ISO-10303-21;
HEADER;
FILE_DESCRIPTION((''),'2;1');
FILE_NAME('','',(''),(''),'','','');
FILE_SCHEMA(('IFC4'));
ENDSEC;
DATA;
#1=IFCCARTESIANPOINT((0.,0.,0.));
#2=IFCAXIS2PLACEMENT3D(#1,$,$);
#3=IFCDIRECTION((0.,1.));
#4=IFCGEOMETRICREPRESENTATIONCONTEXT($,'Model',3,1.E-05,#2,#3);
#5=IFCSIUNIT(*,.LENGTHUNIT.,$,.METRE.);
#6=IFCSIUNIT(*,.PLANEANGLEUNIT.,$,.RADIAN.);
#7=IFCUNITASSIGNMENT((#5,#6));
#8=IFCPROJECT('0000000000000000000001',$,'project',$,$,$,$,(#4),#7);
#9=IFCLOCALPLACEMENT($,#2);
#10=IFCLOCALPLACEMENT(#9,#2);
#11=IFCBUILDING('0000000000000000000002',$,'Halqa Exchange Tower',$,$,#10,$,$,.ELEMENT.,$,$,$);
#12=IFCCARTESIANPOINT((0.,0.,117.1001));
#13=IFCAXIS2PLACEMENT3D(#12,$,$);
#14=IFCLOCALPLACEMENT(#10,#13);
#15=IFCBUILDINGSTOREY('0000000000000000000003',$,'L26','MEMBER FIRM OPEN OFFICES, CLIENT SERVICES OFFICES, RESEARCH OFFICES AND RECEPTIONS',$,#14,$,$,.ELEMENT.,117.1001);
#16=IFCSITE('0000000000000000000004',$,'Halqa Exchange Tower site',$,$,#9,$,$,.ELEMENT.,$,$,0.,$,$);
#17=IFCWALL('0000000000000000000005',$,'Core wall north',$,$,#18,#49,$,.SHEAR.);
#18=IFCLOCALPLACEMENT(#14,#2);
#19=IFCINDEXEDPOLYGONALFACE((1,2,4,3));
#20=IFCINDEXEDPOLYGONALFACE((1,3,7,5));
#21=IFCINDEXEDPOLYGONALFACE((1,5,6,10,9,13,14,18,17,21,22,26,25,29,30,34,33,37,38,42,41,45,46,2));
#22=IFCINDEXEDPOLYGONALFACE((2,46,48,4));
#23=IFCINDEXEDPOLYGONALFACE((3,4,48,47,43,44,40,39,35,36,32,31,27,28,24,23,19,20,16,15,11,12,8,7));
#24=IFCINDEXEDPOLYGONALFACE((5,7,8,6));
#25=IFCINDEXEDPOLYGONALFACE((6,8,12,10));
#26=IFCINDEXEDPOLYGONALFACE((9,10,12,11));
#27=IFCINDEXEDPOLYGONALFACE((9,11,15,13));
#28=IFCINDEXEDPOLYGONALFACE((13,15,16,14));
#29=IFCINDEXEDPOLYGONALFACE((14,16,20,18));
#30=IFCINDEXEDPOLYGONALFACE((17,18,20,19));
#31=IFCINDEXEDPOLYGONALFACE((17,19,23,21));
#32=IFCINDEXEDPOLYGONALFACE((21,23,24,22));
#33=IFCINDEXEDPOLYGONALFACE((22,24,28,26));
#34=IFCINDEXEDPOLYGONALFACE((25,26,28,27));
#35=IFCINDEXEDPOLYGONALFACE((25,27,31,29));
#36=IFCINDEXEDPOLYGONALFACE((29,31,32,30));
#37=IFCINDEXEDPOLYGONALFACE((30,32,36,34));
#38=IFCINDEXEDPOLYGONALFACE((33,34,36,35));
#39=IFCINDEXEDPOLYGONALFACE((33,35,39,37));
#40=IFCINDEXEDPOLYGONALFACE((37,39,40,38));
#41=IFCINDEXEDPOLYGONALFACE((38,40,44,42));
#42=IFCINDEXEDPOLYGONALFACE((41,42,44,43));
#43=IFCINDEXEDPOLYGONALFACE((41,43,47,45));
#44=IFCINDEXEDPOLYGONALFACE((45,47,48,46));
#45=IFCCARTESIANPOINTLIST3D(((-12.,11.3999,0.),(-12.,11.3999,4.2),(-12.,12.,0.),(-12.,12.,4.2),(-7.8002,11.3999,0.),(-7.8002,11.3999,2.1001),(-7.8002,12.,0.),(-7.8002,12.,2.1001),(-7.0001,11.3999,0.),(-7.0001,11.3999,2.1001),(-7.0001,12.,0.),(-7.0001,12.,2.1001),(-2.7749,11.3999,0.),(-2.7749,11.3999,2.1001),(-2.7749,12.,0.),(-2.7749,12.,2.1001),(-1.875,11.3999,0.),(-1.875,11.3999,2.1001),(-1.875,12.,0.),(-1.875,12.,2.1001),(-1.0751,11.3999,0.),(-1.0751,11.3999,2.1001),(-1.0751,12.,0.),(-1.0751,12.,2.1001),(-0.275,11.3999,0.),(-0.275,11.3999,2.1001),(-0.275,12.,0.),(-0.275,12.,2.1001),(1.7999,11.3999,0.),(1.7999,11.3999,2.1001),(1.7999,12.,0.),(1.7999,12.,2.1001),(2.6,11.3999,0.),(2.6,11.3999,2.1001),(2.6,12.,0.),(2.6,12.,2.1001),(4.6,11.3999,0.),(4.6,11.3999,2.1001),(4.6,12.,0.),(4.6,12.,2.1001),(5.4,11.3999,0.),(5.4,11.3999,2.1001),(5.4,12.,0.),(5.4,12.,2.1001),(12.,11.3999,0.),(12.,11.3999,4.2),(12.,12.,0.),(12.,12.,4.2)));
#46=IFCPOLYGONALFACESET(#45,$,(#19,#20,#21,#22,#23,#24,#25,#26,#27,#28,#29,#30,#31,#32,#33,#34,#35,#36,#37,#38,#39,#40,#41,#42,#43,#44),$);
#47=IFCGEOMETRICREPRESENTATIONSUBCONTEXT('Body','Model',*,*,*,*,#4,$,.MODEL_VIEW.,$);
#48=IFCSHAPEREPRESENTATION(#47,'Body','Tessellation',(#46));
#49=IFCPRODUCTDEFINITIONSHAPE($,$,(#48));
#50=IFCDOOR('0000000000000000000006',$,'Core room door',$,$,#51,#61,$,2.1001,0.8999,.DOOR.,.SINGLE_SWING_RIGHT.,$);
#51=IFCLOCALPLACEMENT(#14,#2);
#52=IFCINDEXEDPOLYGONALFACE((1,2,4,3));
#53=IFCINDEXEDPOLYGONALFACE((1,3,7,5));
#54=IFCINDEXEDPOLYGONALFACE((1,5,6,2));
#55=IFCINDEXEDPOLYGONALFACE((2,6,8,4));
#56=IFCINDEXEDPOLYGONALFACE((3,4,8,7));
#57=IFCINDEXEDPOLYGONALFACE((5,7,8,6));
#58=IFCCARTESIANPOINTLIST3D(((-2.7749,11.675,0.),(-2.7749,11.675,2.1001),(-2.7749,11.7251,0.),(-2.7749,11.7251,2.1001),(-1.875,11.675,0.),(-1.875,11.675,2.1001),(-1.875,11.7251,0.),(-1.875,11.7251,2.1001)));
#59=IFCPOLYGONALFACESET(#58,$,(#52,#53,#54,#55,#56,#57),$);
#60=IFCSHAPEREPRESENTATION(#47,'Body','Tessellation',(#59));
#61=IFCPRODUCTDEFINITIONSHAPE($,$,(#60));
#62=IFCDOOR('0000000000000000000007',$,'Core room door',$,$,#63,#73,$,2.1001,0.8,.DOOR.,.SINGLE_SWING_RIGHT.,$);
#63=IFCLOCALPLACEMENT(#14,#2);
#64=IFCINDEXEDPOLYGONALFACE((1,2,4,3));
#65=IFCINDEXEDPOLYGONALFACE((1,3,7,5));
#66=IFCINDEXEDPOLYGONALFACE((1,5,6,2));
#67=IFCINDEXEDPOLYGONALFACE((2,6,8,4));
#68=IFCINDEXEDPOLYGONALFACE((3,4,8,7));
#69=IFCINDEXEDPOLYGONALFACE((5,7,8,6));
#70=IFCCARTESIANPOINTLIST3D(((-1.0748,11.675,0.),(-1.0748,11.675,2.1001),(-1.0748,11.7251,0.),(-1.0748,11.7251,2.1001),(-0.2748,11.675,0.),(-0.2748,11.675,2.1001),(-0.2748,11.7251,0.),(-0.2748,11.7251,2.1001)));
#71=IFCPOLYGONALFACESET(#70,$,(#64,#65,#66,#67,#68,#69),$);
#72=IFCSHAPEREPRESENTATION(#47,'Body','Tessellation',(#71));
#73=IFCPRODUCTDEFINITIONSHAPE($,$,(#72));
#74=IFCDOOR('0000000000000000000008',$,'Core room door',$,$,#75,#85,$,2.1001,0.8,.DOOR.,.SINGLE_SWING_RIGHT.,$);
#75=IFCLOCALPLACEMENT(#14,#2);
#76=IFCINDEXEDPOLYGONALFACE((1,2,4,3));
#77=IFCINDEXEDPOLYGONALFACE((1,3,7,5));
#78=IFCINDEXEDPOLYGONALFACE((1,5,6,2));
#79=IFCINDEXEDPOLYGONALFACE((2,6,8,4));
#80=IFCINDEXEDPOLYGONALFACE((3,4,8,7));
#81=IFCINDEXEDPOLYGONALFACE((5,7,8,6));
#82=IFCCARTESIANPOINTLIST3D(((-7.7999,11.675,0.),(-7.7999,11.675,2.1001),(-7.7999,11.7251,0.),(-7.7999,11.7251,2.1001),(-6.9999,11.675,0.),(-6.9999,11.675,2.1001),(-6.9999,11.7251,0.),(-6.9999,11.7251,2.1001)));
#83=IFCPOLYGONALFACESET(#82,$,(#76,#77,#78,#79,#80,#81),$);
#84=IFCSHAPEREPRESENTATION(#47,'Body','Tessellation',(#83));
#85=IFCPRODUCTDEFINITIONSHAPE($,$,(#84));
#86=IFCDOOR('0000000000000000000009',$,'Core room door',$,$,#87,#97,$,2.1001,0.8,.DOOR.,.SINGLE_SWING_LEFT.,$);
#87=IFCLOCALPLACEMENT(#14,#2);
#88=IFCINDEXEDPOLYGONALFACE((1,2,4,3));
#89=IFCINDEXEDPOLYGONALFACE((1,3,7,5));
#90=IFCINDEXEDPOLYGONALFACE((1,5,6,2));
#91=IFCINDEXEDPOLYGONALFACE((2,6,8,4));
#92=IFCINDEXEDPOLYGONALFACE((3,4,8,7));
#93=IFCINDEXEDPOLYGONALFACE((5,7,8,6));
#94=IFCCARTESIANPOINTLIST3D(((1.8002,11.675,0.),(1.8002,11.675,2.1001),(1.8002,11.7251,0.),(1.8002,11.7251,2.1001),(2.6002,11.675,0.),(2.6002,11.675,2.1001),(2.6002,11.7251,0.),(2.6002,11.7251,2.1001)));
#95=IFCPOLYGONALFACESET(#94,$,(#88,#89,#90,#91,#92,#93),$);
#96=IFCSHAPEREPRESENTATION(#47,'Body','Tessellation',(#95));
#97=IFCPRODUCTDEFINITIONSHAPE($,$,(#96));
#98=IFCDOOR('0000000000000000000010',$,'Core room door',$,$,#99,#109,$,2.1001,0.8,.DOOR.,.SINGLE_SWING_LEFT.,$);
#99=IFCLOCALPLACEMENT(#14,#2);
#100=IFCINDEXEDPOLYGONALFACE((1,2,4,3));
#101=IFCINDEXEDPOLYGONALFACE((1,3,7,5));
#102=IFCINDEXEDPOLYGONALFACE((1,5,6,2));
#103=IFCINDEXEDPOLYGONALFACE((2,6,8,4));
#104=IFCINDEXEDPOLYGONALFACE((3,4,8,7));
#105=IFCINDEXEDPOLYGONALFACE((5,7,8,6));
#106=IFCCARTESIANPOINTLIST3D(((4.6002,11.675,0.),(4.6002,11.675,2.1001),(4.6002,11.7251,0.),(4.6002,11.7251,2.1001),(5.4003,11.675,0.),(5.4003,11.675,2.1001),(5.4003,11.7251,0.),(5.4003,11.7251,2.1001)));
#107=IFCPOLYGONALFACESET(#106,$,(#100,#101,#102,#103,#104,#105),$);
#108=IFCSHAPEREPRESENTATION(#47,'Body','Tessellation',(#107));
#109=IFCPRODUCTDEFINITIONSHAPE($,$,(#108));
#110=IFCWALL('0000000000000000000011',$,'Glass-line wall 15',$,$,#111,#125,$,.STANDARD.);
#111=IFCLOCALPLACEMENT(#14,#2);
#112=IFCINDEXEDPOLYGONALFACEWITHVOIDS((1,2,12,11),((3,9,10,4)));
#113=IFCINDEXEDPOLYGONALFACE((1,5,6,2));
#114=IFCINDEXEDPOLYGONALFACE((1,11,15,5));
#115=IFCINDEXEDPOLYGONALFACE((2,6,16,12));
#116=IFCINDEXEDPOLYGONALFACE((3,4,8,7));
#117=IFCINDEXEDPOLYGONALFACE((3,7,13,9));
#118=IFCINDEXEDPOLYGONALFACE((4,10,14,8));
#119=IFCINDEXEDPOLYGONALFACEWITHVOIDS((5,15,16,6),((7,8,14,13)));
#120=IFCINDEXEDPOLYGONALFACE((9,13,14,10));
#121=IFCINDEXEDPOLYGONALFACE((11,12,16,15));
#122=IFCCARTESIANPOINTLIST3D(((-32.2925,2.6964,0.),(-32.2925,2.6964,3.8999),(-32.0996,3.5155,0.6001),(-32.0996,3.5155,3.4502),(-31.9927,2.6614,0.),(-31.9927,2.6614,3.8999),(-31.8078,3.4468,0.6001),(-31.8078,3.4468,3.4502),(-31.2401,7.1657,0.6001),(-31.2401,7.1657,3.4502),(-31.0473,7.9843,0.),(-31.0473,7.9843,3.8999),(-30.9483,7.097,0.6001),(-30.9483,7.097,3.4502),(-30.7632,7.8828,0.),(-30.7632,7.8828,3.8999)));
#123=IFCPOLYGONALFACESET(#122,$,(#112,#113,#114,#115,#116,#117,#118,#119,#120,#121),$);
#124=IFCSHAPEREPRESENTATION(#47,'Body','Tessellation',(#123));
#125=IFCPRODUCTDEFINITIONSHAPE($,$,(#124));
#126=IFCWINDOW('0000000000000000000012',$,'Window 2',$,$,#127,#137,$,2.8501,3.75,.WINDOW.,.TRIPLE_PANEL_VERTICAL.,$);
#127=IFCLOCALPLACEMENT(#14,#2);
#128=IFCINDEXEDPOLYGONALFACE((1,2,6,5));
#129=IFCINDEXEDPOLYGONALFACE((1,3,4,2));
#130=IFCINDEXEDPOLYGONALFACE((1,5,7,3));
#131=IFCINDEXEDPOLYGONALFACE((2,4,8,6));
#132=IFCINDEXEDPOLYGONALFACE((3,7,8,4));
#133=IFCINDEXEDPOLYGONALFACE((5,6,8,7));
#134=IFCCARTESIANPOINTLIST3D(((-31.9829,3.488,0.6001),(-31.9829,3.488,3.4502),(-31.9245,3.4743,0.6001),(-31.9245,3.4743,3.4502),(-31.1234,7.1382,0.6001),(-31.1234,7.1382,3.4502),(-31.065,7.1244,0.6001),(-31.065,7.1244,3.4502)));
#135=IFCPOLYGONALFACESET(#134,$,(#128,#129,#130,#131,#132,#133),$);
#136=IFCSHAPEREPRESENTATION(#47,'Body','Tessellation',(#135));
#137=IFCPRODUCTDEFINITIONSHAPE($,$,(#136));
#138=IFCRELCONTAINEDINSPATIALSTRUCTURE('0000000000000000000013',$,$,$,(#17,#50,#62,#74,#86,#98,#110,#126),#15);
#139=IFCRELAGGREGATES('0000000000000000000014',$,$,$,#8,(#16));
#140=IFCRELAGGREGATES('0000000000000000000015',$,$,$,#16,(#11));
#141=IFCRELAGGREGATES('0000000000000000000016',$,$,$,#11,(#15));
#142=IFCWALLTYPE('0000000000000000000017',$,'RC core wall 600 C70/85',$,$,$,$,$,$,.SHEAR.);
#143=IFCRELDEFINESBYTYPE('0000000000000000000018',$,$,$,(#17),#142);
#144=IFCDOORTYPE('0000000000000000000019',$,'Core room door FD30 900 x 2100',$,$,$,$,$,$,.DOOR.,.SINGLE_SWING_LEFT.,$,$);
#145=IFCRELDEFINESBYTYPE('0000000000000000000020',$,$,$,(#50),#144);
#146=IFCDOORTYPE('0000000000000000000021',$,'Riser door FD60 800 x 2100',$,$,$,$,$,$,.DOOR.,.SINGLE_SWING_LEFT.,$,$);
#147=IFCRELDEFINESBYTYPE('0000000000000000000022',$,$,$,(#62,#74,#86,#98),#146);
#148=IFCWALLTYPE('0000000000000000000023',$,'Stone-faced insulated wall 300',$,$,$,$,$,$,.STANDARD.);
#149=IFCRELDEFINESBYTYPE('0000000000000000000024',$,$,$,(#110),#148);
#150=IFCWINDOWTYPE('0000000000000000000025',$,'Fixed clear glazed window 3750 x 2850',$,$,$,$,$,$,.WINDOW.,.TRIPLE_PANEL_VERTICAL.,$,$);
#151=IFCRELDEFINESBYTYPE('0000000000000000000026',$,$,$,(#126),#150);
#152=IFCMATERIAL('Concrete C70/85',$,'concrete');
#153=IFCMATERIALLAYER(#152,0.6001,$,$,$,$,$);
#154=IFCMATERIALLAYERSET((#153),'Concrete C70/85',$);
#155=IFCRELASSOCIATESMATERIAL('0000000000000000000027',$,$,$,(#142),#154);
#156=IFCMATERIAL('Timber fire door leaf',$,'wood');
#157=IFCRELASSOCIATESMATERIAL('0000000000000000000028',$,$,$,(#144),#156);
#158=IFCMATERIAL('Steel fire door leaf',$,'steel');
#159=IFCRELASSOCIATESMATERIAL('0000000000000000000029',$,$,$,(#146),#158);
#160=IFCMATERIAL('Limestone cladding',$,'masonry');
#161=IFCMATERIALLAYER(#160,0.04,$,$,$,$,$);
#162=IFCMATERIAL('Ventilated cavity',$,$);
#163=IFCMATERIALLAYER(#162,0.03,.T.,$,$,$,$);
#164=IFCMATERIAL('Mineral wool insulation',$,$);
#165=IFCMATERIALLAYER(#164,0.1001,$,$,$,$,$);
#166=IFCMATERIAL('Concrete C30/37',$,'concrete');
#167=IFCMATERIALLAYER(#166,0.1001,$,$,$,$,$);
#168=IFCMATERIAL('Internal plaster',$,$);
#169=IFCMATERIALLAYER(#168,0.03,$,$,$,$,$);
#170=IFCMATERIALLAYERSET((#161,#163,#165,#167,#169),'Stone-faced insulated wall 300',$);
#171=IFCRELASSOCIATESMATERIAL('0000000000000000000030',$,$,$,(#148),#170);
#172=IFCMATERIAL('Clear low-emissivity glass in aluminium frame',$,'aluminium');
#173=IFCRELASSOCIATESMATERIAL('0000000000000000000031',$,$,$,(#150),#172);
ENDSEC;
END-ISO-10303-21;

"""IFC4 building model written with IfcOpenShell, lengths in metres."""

from ifc_helpers import new_model, si_unit, direction, frame, frame_2d, origin, place, context, subcontext, project, spatial, polyline, rectangle, outline, extrude, material, layer, layer_set, type_object, element, fill, save


model = new_model("IFC4")

# Units and contexts
model_context = context("Model", 3, precision=1e-05, world=origin(), true_north=direction((0.0, 1.0)))
body_context = subcontext(model_context, "Body", "Model", "MODEL_VIEW")
ifc_project = project(units=[si_unit("LENGTHUNIT", "METRE"), si_unit("PLANEANGLEUNIT", "RADIAN")], contexts=[model_context])

# Site, building, storey
site_placement = place(None, origin())
site = spatial("IfcSite", under=ifc_project, at=site_placement, Name="Halqa Exchange Tower site", CompositionType="ELEMENT", RefElevation=0.0)
building_placement = place(site_placement, origin())
building = spatial("IfcBuilding", under=site, at=building_placement, Name="Halqa Exchange Tower", CompositionType="ELEMENT")
storey_placement = place(building_placement, frame((0.0, 0.0, 117.1001)))
storey = spatial("IfcBuildingStorey", under=building, at=storey_placement, Name="L26", Description="MEMBER FIRM OPEN OFFICES, CLIENT SERVICES OFFICES, RESEARCH OFFICES AND RECEPTIONS", CompositionType="ELEMENT", Elevation=117.1001)

# Shared definitions
ifc_material_1 = material(Name="Concrete C70/85", Category="concrete")

# Wall, openings, doors
ifc_layer_1 = layer(ifc_material_1, 0.6001)
ifc_layer_set_1 = layer_set([ifc_layer_1], Name="Concrete C70/85")
wall_type_1 = type_object("IfcWallType", Name="RC core wall 600 C70/85", PredefinedType="SHEAR", material=ifc_layer_set_1)
wall_1_placement = place(storey_placement, frame((-12.0, 11.7, 0.0), z_axis=(0.0, 0.0, 1.0), x_axis=(1.0, 0.0, 0.0)))
wall_1 = element("IfcWall", 1, at=wall_1_placement, inside=storey, type_object=wall_type_1, Name="Core wall north", PredefinedType="SHEAR", context=body_context, shape_type="SweptSolid", body=[
    extrude(rectangle(XDim=24.0, YDim=0.6001, at=frame_2d((12.0, 0.0))), origin(), (0.0, 0.0, 1.0), 4.2),
])
opening_1_placement = place(wall_1_placement, frame((9.2251, 0.0, 0.0)))
opening_1 = element("IfcOpeningElement", 2, at=opening_1_placement, cuts=wall_1, PredefinedType="OPENING", context=body_context, shape_type="SweptSolid", body=[
    extrude(rectangle(XDim=0.8999, YDim=2.1001, at=frame_2d((0.45, 1.05))), frame((0.0, 0.312, 0.0), z_axis=(0.0, -1.0, 0.0), x_axis=(1.0, 0.0, 0.0)), (0.0, 0.0, 1.0), 0.624),
])
opening_2_placement = place(wall_1_placement, frame((10.925, 0.0, 0.0)))
opening_2 = element("IfcOpeningElement", 3, at=opening_2_placement, cuts=wall_1, PredefinedType="OPENING", context=body_context, shape_type="SweptSolid", body=[
    extrude(rectangle(XDim=0.8, YDim=2.1001, at=frame_2d((0.3999, 1.05))), frame((0.0, 0.312, 0.0), z_axis=(0.0, -1.0, 0.0), x_axis=(1.0, 0.0, 0.0)), (0.0, 0.0, 1.0), 0.624),
])
opening_3_placement = place(wall_1_placement, frame((4.2, 0.0, 0.0)))
opening_3 = element("IfcOpeningElement", 4, at=opening_3_placement, cuts=wall_1, PredefinedType="OPENING", context=body_context, shape_type="SweptSolid", body=[
    extrude(rectangle(XDim=0.8, YDim=2.1001, at=frame_2d((0.3999, 1.05))), frame((0.0, 0.312, 0.0), z_axis=(0.0, -1.0, 0.0), x_axis=(1.0, 0.0, 0.0)), (0.0, 0.0, 1.0), 0.624),
])
opening_4_placement = place(wall_1_placement, frame((13.8, 0.0, 0.0)))
opening_4 = element("IfcOpeningElement", 5, at=opening_4_placement, cuts=wall_1, PredefinedType="OPENING", context=body_context, shape_type="SweptSolid", body=[
    extrude(rectangle(XDim=0.8, YDim=2.1001, at=frame_2d((0.3999, 1.05))), frame((0.0, 0.312, 0.0), z_axis=(0.0, -1.0, 0.0), x_axis=(1.0, 0.0, 0.0)), (0.0, 0.0, 1.0), 0.624),
])
opening_5_placement = place(wall_1_placement, frame((16.6001, 0.0, 0.0)))
opening_5 = element("IfcOpeningElement", 6, at=opening_5_placement, cuts=wall_1, PredefinedType="OPENING", context=body_context, shape_type="SweptSolid", body=[
    extrude(rectangle(XDim=0.8, YDim=2.1001, at=frame_2d((0.3999, 1.05))), frame((0.0, 0.312, 0.0), z_axis=(0.0, -1.0, 0.0), x_axis=(1.0, 0.0, 0.0)), (0.0, 0.0, 1.0), 0.624),
])
ifc_material_2 = material(Name="Timber fire door leaf", Category="wood")
door_type_1 = type_object("IfcDoorType", Name="Core room door FD30 900 x 2100", OperationType="SINGLE_SWING_LEFT", PredefinedType="DOOR", material=ifc_material_2)
door_1_placement = place(opening_1_placement, frame((0.8999, 0.0, 0.0), z_axis=(0.0, 0.0, 1.0), x_axis=(-1.0, 0.0, 0.0)))
door_1 = element("IfcDoor", 7, at=door_1_placement, inside=storey, type_object=door_type_1, Name="Core room door", OperationType="SINGLE_SWING_RIGHT", OverallHeight=2.1001, OverallWidth=0.8999, PredefinedType="DOOR", context=body_context, shape_type="SweptSolid", body=[
    extrude(rectangle(XDim=0.8999, YDim=2.1001, at=frame_2d((0.45, 1.05))), frame((0.0, 0.0249, 0.0), z_axis=(0.0, -1.0, 0.0), x_axis=(1.0, 0.0, 0.0)), (0.0, 0.0, 1.0), 0.05),
])
fill(opening_1, door_1)
ifc_material_3 = material(Name="Steel fire door leaf", Category="steel")
door_type_2 = type_object("IfcDoorType", Name="Riser door FD60 800 x 2100", OperationType="SINGLE_SWING_LEFT", PredefinedType="DOOR", material=ifc_material_3)
door_2_placement = place(opening_2_placement, frame((0.8, 0.0, 0.0), z_axis=(0.0, 0.0, 1.0), x_axis=(-1.0, 0.0, 0.0)))
door_2 = element("IfcDoor", 8, at=door_2_placement, inside=storey, type_object=door_type_2, Name="Core room door", OperationType="SINGLE_SWING_RIGHT", OverallHeight=2.1001, OverallWidth=0.8, PredefinedType="DOOR", context=body_context, shape_type="SweptSolid", body=[
    extrude(rectangle(XDim=0.8, YDim=2.1001, at=frame_2d((0.3999, 1.05))), frame((0.0, 0.0249, 0.0), z_axis=(0.0, -1.0, 0.0), x_axis=(1.0, 0.0, 0.0)), (0.0, 0.0, 1.0), 0.05),
])
fill(opening_2, door_2)
door_3_placement = place(opening_3_placement, frame((0.8, 0.0, 0.0), z_axis=(0.0, 0.0, 1.0), x_axis=(-1.0, 0.0, 0.0)))
door_3 = element("IfcDoor", 9, at=door_3_placement, inside=storey, type_object=door_type_2, Name="Core room door", OperationType="SINGLE_SWING_RIGHT", OverallHeight=2.1001, OverallWidth=0.8, PredefinedType="DOOR", context=body_context, shape_type="SweptSolid", body=[
    extrude(rectangle(XDim=0.8, YDim=2.1001, at=frame_2d((0.3999, 1.05))), frame((0.0, 0.0249, 0.0), z_axis=(0.0, -1.0, 0.0), x_axis=(1.0, 0.0, 0.0)), (0.0, 0.0, 1.0), 0.05),
])
fill(opening_3, door_3)
door_4_placement = place(opening_4_placement, frame((0.8, 0.0, 0.0), z_axis=(0.0, 0.0, 1.0), x_axis=(-1.0, 0.0, 0.0)))
door_4 = element("IfcDoor", 10, at=door_4_placement, inside=storey, type_object=door_type_2, Name="Core room door", OperationType="SINGLE_SWING_LEFT", OverallHeight=2.1001, OverallWidth=0.8, PredefinedType="DOOR", context=body_context, shape_type="SweptSolid", body=[
    extrude(rectangle(XDim=0.8, YDim=2.1001, at=frame_2d((0.3999, 1.05))), frame((0.0, 0.0249, 0.0), z_axis=(0.0, -1.0, 0.0), x_axis=(1.0, 0.0, 0.0)), (0.0, 0.0, 1.0), 0.05),
])
fill(opening_4, door_4)
door_5_placement = place(opening_5_placement, frame((0.8, 0.0, 0.0), z_axis=(0.0, 0.0, 1.0), x_axis=(-1.0, 0.0, 0.0)))
door_5 = element("IfcDoor", 11, at=door_5_placement, inside=storey, type_object=door_type_2, Name="Core room door", OperationType="SINGLE_SWING_LEFT", OverallHeight=2.1001, OverallWidth=0.8, PredefinedType="DOOR", context=body_context, shape_type="SweptSolid", body=[
    extrude(rectangle(XDim=0.8, YDim=2.1001, at=frame_2d((0.3999, 1.05))), frame((0.0, 0.0249, 0.0), z_axis=(0.0, -1.0, 0.0), x_axis=(1.0, 0.0, 0.0)), (0.0, 0.0, 1.0), 0.05),
])
fill(opening_5, door_5)

# Wall, opening, window
ifc_material_4 = material(Name="Limestone cladding", Category="masonry")
ifc_layer_2 = layer(ifc_material_4, 0.04)
ifc_material_5 = material(Name="Ventilated cavity")
ifc_layer_3 = layer(ifc_material_5, 0.03, ventilated=True)
ifc_material_6 = material(Name="Mineral wool insulation")
ifc_layer_4 = layer(ifc_material_6, 0.1001)
ifc_material_7 = material(Name="Concrete C30/37", Category="concrete")
ifc_layer_5 = layer(ifc_material_7, 0.1001)
ifc_material_8 = material(Name="Internal plaster")
ifc_layer_6 = layer(ifc_material_8, 0.03)
ifc_layer_set_2 = layer_set([ifc_layer_2, ifc_layer_3, ifc_layer_4, ifc_layer_5, ifc_layer_6], Name="Stone-faced insulated wall 300")
wall_type_2 = type_object("IfcWallType", Name="Stone-faced insulated wall 300", PredefinedType="STANDARD", material=ifc_layer_set_2)
wall_2_placement = place(storey_placement, frame((-30.9053, 7.9336, 0.0), z_axis=(0.0, 0.0, 1.0), x_axis=(-0.229201, -0.973379, 0.0)))
wall_2 = element("IfcWall", 12, at=wall_2_placement, inside=storey, type_object=wall_type_2, Name="Glass-line wall 15", PredefinedType="STANDARD", context=body_context, shape_type="SweptSolid", body=[
    extrude(outline(polyline([(-0.0168, -0.1499), (5.4158, -0.1499), (5.3811, 0.1499), (0.0168, 0.1499), (-0.0168, -0.1499)])), origin(), (0.0, 0.0, 1.0), 3.8999),
])
opening_6_placement = place(wall_2_placement, frame((0.8242, 0.0, 0.6001)))
opening_6 = element("IfcOpeningElement", 13, at=opening_6_placement, cuts=wall_2, PredefinedType="OPENING", context=body_context, shape_type="SweptSolid", body=[
    extrude(rectangle(XDim=3.75, YDim=2.8501, at=frame_2d((1.875, 1.425))), frame((0.0, 0.1621, 0.0), z_axis=(0.0, -1.0, 0.0), x_axis=(1.0, 0.0, 0.0)), (0.0, 0.0, 1.0), 0.324),
])
ifc_material_9 = material(Name="Clear low-emissivity glass in aluminium frame", Category="aluminium")
window_type = type_object("IfcWindowType", Name="Fixed clear glazed window 3750 x 2850", PartitioningType="TRIPLE_PANEL_VERTICAL", PredefinedType="WINDOW", material=ifc_material_9)
window_placement = place(opening_6_placement, origin())
window = element("IfcWindow", 14, at=window_placement, inside=storey, type_object=window_type, Name="Window 2", OverallHeight=2.8501, OverallWidth=3.75, PartitioningType="TRIPLE_PANEL_VERTICAL", PredefinedType="WINDOW", context=body_context, shape_type="SweptSolid", body=[
    extrude(rectangle(XDim=3.75, YDim=2.8501, at=frame_2d((1.875, 1.425))), frame((0.0, 0.03, 0.0), z_axis=(0.0, -1.0, 0.0), x_axis=(1.0, 0.0, 0.0)), (0.0, 0.0, 1.0), 0.0601),
])
fill(opening_6, window)

save(model, "model.ifc")
